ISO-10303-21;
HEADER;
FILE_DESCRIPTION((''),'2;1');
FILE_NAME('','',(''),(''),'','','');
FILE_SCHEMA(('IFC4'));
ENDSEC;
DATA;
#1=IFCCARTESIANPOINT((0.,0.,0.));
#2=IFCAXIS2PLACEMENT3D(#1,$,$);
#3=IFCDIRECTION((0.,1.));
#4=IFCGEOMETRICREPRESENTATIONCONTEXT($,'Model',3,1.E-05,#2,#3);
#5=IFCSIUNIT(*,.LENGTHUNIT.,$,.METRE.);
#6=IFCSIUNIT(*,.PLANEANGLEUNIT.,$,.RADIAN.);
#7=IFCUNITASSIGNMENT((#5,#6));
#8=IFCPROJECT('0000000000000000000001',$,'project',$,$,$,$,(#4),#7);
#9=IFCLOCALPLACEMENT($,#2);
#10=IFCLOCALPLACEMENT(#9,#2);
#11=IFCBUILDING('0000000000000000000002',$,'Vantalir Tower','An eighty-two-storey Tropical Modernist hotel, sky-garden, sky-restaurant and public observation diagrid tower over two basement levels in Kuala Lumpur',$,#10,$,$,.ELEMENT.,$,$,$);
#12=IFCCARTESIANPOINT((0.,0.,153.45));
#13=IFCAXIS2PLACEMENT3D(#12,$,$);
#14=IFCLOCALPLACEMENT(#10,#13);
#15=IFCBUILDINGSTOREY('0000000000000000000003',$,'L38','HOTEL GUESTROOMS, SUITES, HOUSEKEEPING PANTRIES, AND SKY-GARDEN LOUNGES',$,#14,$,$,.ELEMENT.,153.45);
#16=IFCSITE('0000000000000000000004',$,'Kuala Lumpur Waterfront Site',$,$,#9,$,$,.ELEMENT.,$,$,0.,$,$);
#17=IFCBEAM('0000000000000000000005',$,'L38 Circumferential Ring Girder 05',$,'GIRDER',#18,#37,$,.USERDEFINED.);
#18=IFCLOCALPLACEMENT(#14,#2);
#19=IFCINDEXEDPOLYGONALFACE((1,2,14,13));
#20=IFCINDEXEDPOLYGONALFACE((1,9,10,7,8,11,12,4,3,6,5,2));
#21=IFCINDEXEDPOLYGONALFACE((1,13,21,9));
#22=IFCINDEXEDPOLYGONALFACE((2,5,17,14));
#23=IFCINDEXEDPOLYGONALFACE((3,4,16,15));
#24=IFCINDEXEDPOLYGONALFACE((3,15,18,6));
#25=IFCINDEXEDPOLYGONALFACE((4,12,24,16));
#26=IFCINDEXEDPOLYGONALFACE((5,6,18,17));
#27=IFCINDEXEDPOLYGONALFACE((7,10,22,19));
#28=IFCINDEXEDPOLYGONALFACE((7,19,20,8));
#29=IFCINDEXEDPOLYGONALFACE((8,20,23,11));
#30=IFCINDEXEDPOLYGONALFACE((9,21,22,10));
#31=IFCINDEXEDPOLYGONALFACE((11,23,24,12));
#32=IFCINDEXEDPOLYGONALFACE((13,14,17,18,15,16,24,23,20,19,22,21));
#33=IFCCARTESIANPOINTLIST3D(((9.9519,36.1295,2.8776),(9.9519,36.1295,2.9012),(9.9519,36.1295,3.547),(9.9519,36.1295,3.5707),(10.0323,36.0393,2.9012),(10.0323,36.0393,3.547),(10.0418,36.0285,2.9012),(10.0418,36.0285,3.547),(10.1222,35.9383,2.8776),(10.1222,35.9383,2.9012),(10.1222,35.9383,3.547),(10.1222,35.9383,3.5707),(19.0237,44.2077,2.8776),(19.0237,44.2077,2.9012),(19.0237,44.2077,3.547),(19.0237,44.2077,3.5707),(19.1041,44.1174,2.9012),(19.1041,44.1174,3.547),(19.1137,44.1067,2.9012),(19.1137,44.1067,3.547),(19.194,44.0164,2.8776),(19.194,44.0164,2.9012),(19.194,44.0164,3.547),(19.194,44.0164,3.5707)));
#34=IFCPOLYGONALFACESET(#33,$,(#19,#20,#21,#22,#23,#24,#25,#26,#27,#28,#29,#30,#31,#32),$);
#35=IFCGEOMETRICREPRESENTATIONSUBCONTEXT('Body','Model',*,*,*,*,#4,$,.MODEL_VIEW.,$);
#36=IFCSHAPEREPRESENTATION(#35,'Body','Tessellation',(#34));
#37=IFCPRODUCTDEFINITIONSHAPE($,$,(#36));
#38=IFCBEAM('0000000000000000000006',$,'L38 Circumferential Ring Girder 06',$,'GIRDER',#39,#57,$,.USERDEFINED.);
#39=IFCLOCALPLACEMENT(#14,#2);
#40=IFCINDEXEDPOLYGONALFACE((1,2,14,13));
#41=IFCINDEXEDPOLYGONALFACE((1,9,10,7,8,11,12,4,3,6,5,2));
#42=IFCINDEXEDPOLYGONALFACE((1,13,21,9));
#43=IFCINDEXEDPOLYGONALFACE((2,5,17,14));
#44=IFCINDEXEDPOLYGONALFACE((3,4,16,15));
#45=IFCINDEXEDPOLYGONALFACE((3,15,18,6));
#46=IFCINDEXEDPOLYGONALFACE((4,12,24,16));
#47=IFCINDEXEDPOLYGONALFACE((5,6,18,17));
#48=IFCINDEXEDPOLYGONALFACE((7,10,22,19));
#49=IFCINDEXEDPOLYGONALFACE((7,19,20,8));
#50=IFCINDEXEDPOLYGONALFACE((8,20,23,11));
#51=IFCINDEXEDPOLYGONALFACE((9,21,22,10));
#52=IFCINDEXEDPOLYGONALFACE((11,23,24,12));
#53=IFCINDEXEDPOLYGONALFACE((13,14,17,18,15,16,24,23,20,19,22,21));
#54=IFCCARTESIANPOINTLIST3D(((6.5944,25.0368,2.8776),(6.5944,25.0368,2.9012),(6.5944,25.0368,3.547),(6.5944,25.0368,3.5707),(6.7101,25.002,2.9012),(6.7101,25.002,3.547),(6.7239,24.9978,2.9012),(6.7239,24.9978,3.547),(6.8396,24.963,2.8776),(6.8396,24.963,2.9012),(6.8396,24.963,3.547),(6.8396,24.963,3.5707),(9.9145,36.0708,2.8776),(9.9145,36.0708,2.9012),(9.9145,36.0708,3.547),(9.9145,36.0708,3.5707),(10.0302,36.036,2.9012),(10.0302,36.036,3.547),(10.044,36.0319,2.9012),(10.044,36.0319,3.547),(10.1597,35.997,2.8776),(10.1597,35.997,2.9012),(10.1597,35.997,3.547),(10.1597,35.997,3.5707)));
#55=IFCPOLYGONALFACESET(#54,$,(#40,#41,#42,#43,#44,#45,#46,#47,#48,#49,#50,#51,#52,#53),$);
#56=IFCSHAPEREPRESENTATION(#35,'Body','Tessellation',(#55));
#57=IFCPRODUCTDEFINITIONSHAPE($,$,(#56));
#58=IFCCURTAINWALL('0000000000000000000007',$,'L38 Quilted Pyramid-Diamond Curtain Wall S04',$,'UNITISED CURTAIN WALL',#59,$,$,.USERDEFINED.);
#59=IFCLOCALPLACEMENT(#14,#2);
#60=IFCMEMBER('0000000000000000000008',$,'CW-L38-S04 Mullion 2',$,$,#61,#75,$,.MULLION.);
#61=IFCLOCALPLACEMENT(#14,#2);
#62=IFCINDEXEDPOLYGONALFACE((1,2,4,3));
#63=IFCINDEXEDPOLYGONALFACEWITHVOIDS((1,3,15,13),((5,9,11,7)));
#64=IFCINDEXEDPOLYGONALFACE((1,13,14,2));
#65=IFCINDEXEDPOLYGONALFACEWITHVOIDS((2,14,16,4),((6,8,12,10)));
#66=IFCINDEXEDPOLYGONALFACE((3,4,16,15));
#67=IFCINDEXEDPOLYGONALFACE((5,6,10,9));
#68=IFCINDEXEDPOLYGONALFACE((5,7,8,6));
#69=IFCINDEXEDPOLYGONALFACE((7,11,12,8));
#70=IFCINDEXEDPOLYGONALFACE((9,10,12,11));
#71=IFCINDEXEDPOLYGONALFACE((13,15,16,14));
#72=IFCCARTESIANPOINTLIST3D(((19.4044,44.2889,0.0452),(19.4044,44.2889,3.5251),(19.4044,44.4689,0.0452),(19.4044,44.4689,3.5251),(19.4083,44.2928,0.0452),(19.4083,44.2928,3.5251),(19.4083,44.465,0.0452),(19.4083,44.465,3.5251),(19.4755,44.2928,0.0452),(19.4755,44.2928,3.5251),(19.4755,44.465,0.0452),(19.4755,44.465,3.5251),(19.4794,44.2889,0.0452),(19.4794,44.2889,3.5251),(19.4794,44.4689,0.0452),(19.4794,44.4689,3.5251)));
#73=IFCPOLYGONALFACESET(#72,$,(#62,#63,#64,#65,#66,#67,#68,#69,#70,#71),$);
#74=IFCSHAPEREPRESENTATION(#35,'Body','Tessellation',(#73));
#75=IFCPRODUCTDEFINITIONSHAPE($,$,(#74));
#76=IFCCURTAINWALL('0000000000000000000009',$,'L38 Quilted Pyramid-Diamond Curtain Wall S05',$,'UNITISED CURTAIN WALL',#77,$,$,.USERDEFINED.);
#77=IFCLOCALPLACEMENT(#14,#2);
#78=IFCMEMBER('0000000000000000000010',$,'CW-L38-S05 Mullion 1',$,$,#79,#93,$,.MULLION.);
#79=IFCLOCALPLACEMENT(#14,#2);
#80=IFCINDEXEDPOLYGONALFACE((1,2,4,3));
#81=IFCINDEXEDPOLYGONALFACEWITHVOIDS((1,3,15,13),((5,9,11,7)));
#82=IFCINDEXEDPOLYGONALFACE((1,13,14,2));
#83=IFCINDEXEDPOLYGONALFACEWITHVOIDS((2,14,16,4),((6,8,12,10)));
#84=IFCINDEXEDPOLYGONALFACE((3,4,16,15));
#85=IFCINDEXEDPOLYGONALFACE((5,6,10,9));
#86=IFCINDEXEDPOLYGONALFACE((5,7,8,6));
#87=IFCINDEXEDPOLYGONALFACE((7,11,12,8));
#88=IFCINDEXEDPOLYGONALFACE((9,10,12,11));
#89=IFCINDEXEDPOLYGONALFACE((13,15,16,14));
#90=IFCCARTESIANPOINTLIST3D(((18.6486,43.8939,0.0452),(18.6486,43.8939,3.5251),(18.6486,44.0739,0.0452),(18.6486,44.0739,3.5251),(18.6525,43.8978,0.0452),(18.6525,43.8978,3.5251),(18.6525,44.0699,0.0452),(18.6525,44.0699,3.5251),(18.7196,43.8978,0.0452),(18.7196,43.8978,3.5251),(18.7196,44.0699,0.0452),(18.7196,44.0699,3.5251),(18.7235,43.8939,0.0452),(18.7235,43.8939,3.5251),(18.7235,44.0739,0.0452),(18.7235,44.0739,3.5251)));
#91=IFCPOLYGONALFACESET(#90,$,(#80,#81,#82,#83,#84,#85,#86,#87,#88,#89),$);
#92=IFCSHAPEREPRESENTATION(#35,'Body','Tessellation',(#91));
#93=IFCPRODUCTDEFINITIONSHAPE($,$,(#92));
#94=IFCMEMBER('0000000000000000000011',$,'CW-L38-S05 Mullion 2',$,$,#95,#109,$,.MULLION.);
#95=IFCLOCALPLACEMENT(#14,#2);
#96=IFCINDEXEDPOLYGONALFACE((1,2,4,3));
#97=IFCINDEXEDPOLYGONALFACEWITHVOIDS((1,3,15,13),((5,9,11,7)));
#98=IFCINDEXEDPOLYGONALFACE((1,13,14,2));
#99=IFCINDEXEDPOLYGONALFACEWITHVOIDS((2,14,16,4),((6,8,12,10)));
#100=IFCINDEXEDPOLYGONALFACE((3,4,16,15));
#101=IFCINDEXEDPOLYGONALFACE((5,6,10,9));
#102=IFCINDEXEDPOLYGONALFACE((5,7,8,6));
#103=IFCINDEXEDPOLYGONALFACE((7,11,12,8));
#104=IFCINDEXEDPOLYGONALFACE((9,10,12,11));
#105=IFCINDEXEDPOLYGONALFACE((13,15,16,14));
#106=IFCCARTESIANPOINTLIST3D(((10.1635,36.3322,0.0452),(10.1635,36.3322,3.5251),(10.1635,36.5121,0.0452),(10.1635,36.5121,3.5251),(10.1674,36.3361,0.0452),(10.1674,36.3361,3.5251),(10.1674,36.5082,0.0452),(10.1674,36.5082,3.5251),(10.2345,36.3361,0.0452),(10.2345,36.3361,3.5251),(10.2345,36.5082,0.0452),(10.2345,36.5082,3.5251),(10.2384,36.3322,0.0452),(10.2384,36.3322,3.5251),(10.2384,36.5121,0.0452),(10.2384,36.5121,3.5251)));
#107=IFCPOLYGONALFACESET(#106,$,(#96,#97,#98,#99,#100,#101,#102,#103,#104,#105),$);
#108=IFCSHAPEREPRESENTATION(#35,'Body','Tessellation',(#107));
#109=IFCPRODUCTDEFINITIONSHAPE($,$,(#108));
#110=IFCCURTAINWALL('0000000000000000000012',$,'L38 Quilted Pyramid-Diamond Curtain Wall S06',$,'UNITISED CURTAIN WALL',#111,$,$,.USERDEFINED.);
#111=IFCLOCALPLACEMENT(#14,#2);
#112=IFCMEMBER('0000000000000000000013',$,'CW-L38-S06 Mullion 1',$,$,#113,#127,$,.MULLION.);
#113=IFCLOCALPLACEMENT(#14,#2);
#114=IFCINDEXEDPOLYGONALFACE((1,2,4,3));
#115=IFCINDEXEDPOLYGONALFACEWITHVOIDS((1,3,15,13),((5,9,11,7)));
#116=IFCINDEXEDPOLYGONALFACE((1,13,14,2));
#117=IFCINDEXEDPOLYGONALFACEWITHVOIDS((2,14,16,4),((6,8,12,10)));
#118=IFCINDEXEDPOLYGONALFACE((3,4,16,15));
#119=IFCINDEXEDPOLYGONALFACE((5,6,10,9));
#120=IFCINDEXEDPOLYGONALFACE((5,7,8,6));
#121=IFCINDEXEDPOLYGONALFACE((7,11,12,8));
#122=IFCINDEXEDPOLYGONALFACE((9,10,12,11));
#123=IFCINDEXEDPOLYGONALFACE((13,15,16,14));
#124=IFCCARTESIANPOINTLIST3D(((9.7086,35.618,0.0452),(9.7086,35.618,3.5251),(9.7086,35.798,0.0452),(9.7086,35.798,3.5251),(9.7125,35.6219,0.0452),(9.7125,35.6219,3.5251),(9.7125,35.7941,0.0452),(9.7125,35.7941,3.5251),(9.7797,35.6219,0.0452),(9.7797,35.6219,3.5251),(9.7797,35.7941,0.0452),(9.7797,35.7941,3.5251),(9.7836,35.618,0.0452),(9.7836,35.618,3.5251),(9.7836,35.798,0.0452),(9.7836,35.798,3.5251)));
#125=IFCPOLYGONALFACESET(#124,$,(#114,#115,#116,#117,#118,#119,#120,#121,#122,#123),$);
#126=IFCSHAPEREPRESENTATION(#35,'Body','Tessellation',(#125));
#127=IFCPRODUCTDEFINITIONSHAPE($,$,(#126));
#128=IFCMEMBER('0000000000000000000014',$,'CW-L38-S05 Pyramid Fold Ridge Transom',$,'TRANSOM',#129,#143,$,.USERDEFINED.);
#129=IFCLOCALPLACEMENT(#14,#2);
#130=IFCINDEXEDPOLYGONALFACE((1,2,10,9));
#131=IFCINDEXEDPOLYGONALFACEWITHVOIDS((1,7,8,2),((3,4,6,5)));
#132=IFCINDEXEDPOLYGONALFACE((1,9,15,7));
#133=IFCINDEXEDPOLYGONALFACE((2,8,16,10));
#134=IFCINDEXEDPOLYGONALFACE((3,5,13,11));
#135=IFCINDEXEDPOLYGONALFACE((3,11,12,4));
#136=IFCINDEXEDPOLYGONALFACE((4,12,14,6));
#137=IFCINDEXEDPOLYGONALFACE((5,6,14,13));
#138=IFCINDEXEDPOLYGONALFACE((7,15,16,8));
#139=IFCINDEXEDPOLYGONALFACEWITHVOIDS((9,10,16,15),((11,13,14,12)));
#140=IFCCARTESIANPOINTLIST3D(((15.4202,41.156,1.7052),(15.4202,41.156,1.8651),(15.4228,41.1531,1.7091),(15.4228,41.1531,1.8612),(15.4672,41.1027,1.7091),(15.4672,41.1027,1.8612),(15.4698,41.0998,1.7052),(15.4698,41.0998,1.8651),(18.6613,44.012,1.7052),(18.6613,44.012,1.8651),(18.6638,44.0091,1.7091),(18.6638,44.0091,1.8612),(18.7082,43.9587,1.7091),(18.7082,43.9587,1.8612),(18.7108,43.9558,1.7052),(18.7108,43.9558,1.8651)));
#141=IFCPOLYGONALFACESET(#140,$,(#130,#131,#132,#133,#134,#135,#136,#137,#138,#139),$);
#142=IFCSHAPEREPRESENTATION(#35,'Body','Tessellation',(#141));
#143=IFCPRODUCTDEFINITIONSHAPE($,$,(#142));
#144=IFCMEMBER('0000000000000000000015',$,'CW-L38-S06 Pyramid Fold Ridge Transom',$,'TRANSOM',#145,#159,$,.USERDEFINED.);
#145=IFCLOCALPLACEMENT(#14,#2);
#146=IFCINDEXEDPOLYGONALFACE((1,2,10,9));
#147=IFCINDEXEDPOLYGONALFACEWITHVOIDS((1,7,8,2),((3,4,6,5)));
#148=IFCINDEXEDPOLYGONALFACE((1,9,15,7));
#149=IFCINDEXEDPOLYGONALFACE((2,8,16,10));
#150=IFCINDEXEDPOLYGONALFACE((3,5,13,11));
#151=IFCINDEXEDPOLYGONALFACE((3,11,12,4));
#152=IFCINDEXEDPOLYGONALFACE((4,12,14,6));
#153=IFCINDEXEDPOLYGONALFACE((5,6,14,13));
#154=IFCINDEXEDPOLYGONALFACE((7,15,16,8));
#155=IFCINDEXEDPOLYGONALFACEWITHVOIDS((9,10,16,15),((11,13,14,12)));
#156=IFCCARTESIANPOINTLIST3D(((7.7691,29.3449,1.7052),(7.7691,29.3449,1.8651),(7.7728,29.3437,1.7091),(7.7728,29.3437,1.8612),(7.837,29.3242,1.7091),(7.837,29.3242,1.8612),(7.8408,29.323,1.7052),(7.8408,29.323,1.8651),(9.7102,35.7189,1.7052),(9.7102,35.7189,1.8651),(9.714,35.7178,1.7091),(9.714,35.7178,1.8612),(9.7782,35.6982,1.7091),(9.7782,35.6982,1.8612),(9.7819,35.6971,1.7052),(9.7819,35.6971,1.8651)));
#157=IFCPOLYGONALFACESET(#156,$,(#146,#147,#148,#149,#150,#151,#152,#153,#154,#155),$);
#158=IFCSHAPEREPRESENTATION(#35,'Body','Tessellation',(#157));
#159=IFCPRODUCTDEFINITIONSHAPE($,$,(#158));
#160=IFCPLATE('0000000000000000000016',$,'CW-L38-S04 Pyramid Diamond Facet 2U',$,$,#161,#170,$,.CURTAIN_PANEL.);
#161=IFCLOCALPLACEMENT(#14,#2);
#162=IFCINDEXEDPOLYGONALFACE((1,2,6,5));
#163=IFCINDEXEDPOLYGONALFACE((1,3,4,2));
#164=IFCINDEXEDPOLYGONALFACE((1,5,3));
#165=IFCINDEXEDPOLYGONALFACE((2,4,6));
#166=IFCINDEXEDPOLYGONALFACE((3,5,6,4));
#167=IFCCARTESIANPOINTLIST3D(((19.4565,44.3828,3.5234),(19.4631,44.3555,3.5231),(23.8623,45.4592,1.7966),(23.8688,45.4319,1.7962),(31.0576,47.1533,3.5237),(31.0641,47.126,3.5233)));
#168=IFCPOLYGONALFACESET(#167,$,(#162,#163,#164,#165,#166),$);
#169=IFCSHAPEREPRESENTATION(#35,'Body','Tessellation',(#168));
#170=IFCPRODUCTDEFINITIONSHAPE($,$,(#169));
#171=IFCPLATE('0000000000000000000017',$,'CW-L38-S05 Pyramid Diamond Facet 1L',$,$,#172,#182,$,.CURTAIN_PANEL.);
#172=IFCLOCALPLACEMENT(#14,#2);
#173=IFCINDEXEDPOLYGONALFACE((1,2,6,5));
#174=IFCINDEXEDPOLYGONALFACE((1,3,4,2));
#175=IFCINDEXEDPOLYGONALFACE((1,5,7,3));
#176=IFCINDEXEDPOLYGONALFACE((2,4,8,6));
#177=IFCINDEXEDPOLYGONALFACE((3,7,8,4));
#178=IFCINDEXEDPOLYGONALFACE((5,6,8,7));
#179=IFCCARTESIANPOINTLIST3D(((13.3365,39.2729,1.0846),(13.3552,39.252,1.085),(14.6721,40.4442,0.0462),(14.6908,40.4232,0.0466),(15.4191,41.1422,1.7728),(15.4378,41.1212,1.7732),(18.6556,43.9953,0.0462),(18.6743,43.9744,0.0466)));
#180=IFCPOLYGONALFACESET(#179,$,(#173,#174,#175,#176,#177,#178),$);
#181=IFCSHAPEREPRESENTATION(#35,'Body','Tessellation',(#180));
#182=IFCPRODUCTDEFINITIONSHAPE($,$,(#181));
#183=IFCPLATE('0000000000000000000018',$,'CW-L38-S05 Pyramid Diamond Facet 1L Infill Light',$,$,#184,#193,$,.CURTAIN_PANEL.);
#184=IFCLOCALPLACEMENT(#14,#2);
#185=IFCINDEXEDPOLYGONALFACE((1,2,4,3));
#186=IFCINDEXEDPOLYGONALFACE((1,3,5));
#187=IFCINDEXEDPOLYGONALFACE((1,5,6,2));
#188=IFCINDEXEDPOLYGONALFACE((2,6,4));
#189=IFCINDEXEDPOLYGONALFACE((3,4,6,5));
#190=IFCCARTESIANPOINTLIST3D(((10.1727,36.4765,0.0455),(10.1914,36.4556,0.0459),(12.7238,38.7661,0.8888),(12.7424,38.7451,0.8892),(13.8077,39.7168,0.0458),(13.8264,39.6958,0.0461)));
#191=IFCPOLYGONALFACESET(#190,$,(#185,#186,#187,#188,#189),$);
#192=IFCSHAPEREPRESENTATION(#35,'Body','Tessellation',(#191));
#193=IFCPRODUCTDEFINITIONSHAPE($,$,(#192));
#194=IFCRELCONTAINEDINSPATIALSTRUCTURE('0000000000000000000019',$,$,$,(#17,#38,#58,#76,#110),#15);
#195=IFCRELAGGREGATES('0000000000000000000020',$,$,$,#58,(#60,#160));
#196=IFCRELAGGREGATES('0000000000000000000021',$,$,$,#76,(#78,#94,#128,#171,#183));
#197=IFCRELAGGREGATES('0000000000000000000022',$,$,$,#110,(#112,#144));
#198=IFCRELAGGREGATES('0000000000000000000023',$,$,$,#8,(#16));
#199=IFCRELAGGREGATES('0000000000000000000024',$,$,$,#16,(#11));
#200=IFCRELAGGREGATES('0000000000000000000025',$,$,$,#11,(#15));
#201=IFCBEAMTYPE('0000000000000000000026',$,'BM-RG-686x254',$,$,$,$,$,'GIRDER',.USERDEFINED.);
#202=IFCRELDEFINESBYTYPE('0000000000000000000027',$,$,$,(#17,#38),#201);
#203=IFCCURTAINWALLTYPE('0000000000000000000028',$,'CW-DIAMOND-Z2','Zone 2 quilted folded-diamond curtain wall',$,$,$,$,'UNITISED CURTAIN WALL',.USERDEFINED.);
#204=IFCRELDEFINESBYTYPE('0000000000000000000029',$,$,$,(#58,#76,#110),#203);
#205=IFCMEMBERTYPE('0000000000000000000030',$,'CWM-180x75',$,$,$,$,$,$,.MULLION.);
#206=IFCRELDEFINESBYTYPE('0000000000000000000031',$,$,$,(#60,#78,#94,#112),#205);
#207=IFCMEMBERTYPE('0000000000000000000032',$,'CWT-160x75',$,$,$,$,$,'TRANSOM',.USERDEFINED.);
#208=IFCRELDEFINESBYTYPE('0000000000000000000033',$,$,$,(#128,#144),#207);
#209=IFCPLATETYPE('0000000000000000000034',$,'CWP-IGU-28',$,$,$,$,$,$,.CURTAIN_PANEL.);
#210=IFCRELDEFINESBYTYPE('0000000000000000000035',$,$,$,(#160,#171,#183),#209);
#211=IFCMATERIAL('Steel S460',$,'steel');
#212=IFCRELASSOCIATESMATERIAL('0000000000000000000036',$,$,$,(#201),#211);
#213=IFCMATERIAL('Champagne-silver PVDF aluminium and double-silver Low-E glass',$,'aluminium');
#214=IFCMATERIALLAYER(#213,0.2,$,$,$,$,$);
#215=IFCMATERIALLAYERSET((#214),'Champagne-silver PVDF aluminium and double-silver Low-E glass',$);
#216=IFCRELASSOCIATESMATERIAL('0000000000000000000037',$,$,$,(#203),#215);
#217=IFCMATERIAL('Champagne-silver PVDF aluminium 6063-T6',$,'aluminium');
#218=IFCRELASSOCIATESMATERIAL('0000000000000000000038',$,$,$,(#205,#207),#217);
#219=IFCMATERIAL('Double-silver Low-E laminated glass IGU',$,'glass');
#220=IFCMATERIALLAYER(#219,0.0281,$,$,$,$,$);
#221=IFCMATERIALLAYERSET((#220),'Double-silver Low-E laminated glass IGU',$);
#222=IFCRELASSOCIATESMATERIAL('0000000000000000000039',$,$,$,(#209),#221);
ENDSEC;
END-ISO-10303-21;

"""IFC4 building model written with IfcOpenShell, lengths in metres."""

from ifc_helpers import new_model, si_unit, direction, frame, origin, origin_2d, place, context, subcontext, project, spatial, polyline, hollow_rectangle, i_section, outline, extrude, material, layer, layer_set, material_profile, profile_set, type_object, element, aggregate, save


model = new_model("IFC4")

# Units and contexts
model_context = context("Model", 3, precision=1e-05, world=origin(), true_north=direction((0.0, 1.0)))
body_context = subcontext(model_context, "Body", "Model", "MODEL_VIEW")
ifc_project = project(units=[si_unit("LENGTHUNIT", "METRE"), si_unit("PLANEANGLEUNIT", "RADIAN")], contexts=[model_context])

# Site, building, storey
site_placement = place(None, origin())
site = spatial("IfcSite", under=ifc_project, at=site_placement, Name="Kuala Lumpur Waterfront Site", CompositionType="ELEMENT", RefElevation=0.0)
building_placement = place(site_placement, origin())
building = spatial("IfcBuilding", under=site, at=building_placement, Name="Vantalir Tower", Description="An eighty-two-storey Tropical Modernist hotel, sky-garden, sky-restaurant and public observation diagrid tower over two basement levels in Kuala Lumpur", CompositionType="ELEMENT")
storey_placement = place(building_placement, frame((0.0, 0.0, 153.45)))
storey = spatial("IfcBuildingStorey", under=building, at=storey_placement, Name="L38", Description="HOTEL GUESTROOMS, SUITES, HOUSEKEEPING PANTRIES, AND SKY-GARDEN LOUNGES", CompositionType="ELEMENT", Elevation=153.45)

# Shared definitions
ifc_material_1 = material(Name="Steel S460", Category="steel")

# Beams
ifc_material_profile_1 = material_profile(ifc_material_1, i_section(OverallWidth=0.2561, OverallDepth=0.6931, WebThickness=0.0144, FlangeThickness=0.0237, at=origin_2d()), Name="Steel S460")
ifc_profile_set_1 = profile_set([ifc_material_profile_1], Name="Steel S460")
beam_type_1 = type_object("IfcBeamType", Name="BM-RG-686x254", ElementType="GIRDER", PredefinedType="USERDEFINED", material=ifc_profile_set_1)
beam_1_placement = place(storey_placement, frame((19.1089, 44.1121, 3.2241), z_axis=(-0.746824, -0.665022, 0.0), x_axis=(0.665022, -0.746824, 0.0)))
element("IfcBeam", 1, at=beam_1_placement, inside=storey, type_object=beam_type_1, Name="L38 Circumferential Ring Girder 05", ObjectType="GIRDER", PredefinedType="USERDEFINED", context=body_context, shape_type="SweptSolid", body=[
    extrude(i_section(OverallWidth=0.2561, OverallDepth=0.6931, WebThickness=0.0144, FlangeThickness=0.0237, at=origin_2d()), origin(), (0.0, 0.0, 1.0), 12.1472),
])
beam_2_placement = place(storey_placement, frame((10.0371, 36.0339, 3.2241), z_axis=(-0.288135, -0.95759, 0.0), x_axis=(0.95759, -0.288135, 0.0)))
element("IfcBeam", 2, at=beam_2_placement, inside=storey, type_object=beam_type_1, Name="L38 Circumferential Ring Girder 06", ObjectType="GIRDER", PredefinedType="USERDEFINED", context=body_context, shape_type="SweptSolid", body=[
    extrude(i_section(OverallWidth=0.2561, OverallDepth=0.6931, WebThickness=0.0144, FlangeThickness=0.0237, at=origin_2d()), origin(), (0.0, 0.0, 1.0), 11.5227),
])

# Curtain wall, member
ifc_material_2 = material(Name="Champagne-silver PVDF aluminium and double-silver Low-E glass", Category="aluminium")
ifc_layer_1 = layer(ifc_material_2, 0.2)
ifc_layer_set_1 = layer_set([ifc_layer_1], Name="Champagne-silver PVDF aluminium and double-silver Low-E glass")
curtain_wall_type = type_object("IfcCurtainWallType", Name="CW-DIAMOND-Z2", Description="Zone 2 quilted folded-diamond curtain wall", ElementType="UNITISED CURTAIN WALL", PredefinedType="USERDEFINED", material=ifc_layer_set_1)
curtain_wall_1_placement = place(storey_placement, origin())
curtain_wall_1 = element("IfcCurtainWall", 3, at=curtain_wall_1_placement, inside=storey, type_object=curtain_wall_type, Name="L38 Quilted Pyramid-Diamond Curtain Wall S04", ObjectType="UNITISED CURTAIN WALL", PredefinedType="USERDEFINED")
ifc_material_3 = material(Name="Champagne-silver PVDF aluminium 6063-T6", Category="aluminium")
ifc_material_profile_2 = material_profile(ifc_material_3, hollow_rectangle(XDim=0.075, YDim=0.1799, WallThickness=0.0039, at=origin_2d()), Name="Champagne-silver PVDF aluminium 6063-T6")
ifc_profile_set_2 = profile_set([ifc_material_profile_2], Name="Champagne-silver PVDF aluminium 6063-T6")
member_type_1 = type_object("IfcMemberType", Name="CWM-180x75", PredefinedType="MULLION", material=ifc_profile_set_2)
member_1_placement = place(storey_placement, frame((19.4419, 44.3789, 0.0452), z_axis=(0.0, 0.0, 1.0), x_axis=(1.0, 0.0, 0.0)))
member_1 = element("IfcMember", 4, at=member_1_placement, type_object=member_type_1, Name="CW-L38-S04 Mullion 2", PredefinedType="MULLION", context=body_context, shape_type="SweptSolid", body=[
    extrude(hollow_rectangle(XDim=0.075, YDim=0.1799, WallThickness=0.0039, at=origin_2d()), origin(), (0.0, 0.0, 1.0), 3.48),
])

# Curtain wall, members
curtain_wall_2_placement = place(storey_placement, origin())
curtain_wall_2 = element("IfcCurtainWall", 5, at=curtain_wall_2_placement, inside=storey, type_object=curtain_wall_type, Name="L38 Quilted Pyramid-Diamond Curtain Wall S05", ObjectType="UNITISED CURTAIN WALL", PredefinedType="USERDEFINED")
member_2_placement = place(storey_placement, frame((18.686, 43.9839, 0.0452), z_axis=(0.0, 0.0, 1.0), x_axis=(1.0, 0.0, 0.0)))
member_2 = element("IfcMember", 6, at=member_2_placement, type_object=member_type_1, Name="CW-L38-S05 Mullion 1", PredefinedType="MULLION", context=body_context, shape_type="SweptSolid", body=[
    extrude(hollow_rectangle(XDim=0.075, YDim=0.1799, WallThickness=0.0039, at=origin_2d()), origin(), (0.0, 0.0, 1.0), 3.48),
])
member_3_placement = place(storey_placement, frame((10.2009, 36.4221, 0.0452), z_axis=(0.0, 0.0, 1.0), x_axis=(1.0, 0.0, 0.0)))
member_3 = element("IfcMember", 7, at=member_3_placement, type_object=member_type_1, Name="CW-L38-S05 Mullion 2", PredefinedType="MULLION", context=body_context, shape_type="SweptSolid", body=[
    extrude(hollow_rectangle(XDim=0.075, YDim=0.1799, WallThickness=0.0039, at=origin_2d()), origin(), (0.0, 0.0, 1.0), 3.48),
])

# Curtain wall, member
curtain_wall_3_placement = place(storey_placement, origin())
curtain_wall_3 = element("IfcCurtainWall", 8, at=curtain_wall_3_placement, inside=storey, type_object=curtain_wall_type, Name="L38 Quilted Pyramid-Diamond Curtain Wall S06", ObjectType="UNITISED CURTAIN WALL", PredefinedType="USERDEFINED")
member_4_placement = place(storey_placement, frame((9.7461, 35.708, 0.0452), z_axis=(0.0, 0.0, 1.0), x_axis=(1.0, 0.0, 0.0)))
member_4 = element("IfcMember", 9, at=member_4_placement, type_object=member_type_1, Name="CW-L38-S06 Mullion 1", PredefinedType="MULLION", context=body_context, shape_type="SweptSolid", body=[
    extrude(hollow_rectangle(XDim=0.075, YDim=0.1799, WallThickness=0.0039, at=origin_2d()), origin(), (0.0, 0.0, 1.0), 3.48),
])

# Members
ifc_material_profile_3 = material_profile(ifc_material_3, hollow_rectangle(XDim=0.075, YDim=0.1599, WallThickness=0.0039, at=origin_2d()), Name="Champagne-silver PVDF aluminium 6063-T6")
ifc_profile_set_3 = profile_set([ifc_material_profile_3], Name="Champagne-silver PVDF aluminium 6063-T6")
member_type_2 = type_object("IfcMemberType", Name="CWT-160x75", ElementType="TRANSOM", PredefinedType="USERDEFINED", material=ifc_profile_set_3)
member_5_placement = place(storey_placement, frame((18.686, 43.9839, 1.7852), z_axis=(-0.750265, -0.661137, 0.0), x_axis=(0.661137, -0.750265, 0.0)))
member_5 = element("IfcMember", 10, at=member_5_placement, type_object=member_type_2, Name="CW-L38-S05 Pyramid Fold Ridge Transom", ObjectType="TRANSOM", PredefinedType="USERDEFINED", context=body_context, shape_type="SweptSolid", body=[
    extrude(hollow_rectangle(XDim=0.075, YDim=0.1599, WallThickness=0.0039, at=origin_2d()), origin(), (0.0, 0.0, 1.0), 4.3198),
])
member_6_placement = place(storey_placement, frame((9.7461, 35.708, 1.7852), z_axis=(-0.291332, -0.956622, 0.0), x_axis=(0.956622, -0.291332, 0.0)))
member_6 = element("IfcMember", 11, at=member_6_placement, type_object=member_type_2, Name="CW-L38-S06 Pyramid Fold Ridge Transom", ObjectType="TRANSOM", PredefinedType="USERDEFINED", context=body_context, shape_type="SweptSolid", body=[
    extrude(hollow_rectangle(XDim=0.075, YDim=0.1599, WallThickness=0.0039, at=origin_2d()), origin(), (0.0, 0.0, 1.0), 6.6631),
])

# Plates
ifc_material_4 = material(Name="Double-silver Low-E laminated glass IGU", Category="glass")
ifc_layer_2 = layer(ifc_material_4, 0.0281)
ifc_layer_set_2 = layer_set([ifc_layer_2], Name="Double-silver Low-E laminated glass IGU")
plate_type_1 = type_object("IfcPlateType", Name="CWP-IGU-28", PredefinedType="CURTAIN_PANEL", material=ifc_layer_set_2)
plate_1_placement = place(storey_placement, frame((19.4565, 44.3828, 3.5234), z_axis=(-0.232261, 0.972557, 0.01366), x_axis=(0.972648, 0.232283, 0.00002)))
plate_1 = element("IfcPlate", 12, at=plate_1_placement, type_object=plate_type_1, Name="CW-L38-S04 Pyramid Diamond Facet 2U", PredefinedType="CURTAIN_PANEL", context=body_context, shape_type="SweptSolid", body=[
    extrude(outline(polyline([(0.0, 0.0), (11.9273, 0.0), (4.5353, 1.7271), (0.0, 0.0)])), origin(), (0.0, 0.0, -1.0), 0.0281),
])
aggregate(curtain_wall_1, [member_1, plate_1])
plate_2_placement = place(storey_placement, frame((18.6743, 43.9744, 0.0466), z_axis=(0.665365, -0.74639, 0.013845), x_axis=(-0.746461, -0.665429, 0.0)))
plate_2 = element("IfcPlate", 13, at=plate_2_placement, type_object=plate_type_1, Name="CW-L38-S05 Pyramid Diamond Facet 1L", PredefinedType="CURTAIN_PANEL", context=body_context, shape_type="SweptSolid", body=[
    extrude(outline(polyline([(0.0, 0.0), (5.3366, 0.0), (7.1129, -1.0384), (4.3145, -1.7267), (0.0, 0.0)])), origin(), (0.0, 0.0, -1.0), 0.0281),
])
plate_3_placement = place(storey_placement, frame((13.8264, 39.6958, 0.0461), z_axis=(0.665345, -0.746409, 0.01379), x_axis=(-0.746479, -0.665409, -0.00005)))
plate_3 = element("IfcPlate", 14, at=plate_3_placement, type_object=plate_type_1, Name="CW-L38-S05 Pyramid Diamond Facet 1L Infill Light", PredefinedType="CURTAIN_PANEL", context=body_context, shape_type="SweptSolid", body=[
    extrude(outline(polyline([(0.0, 0.0), (4.8695, 0.0), (1.4417, -0.8432), (0.0, 0.0)])), origin(), (0.0, 0.0, -1.0), 0.0281),
])
aggregate(curtain_wall_2, [member_2, member_3, member_5, plate_2, plate_3])
aggregate(curtain_wall_3, [member_4, member_6])

save(model, "model.ifc")
